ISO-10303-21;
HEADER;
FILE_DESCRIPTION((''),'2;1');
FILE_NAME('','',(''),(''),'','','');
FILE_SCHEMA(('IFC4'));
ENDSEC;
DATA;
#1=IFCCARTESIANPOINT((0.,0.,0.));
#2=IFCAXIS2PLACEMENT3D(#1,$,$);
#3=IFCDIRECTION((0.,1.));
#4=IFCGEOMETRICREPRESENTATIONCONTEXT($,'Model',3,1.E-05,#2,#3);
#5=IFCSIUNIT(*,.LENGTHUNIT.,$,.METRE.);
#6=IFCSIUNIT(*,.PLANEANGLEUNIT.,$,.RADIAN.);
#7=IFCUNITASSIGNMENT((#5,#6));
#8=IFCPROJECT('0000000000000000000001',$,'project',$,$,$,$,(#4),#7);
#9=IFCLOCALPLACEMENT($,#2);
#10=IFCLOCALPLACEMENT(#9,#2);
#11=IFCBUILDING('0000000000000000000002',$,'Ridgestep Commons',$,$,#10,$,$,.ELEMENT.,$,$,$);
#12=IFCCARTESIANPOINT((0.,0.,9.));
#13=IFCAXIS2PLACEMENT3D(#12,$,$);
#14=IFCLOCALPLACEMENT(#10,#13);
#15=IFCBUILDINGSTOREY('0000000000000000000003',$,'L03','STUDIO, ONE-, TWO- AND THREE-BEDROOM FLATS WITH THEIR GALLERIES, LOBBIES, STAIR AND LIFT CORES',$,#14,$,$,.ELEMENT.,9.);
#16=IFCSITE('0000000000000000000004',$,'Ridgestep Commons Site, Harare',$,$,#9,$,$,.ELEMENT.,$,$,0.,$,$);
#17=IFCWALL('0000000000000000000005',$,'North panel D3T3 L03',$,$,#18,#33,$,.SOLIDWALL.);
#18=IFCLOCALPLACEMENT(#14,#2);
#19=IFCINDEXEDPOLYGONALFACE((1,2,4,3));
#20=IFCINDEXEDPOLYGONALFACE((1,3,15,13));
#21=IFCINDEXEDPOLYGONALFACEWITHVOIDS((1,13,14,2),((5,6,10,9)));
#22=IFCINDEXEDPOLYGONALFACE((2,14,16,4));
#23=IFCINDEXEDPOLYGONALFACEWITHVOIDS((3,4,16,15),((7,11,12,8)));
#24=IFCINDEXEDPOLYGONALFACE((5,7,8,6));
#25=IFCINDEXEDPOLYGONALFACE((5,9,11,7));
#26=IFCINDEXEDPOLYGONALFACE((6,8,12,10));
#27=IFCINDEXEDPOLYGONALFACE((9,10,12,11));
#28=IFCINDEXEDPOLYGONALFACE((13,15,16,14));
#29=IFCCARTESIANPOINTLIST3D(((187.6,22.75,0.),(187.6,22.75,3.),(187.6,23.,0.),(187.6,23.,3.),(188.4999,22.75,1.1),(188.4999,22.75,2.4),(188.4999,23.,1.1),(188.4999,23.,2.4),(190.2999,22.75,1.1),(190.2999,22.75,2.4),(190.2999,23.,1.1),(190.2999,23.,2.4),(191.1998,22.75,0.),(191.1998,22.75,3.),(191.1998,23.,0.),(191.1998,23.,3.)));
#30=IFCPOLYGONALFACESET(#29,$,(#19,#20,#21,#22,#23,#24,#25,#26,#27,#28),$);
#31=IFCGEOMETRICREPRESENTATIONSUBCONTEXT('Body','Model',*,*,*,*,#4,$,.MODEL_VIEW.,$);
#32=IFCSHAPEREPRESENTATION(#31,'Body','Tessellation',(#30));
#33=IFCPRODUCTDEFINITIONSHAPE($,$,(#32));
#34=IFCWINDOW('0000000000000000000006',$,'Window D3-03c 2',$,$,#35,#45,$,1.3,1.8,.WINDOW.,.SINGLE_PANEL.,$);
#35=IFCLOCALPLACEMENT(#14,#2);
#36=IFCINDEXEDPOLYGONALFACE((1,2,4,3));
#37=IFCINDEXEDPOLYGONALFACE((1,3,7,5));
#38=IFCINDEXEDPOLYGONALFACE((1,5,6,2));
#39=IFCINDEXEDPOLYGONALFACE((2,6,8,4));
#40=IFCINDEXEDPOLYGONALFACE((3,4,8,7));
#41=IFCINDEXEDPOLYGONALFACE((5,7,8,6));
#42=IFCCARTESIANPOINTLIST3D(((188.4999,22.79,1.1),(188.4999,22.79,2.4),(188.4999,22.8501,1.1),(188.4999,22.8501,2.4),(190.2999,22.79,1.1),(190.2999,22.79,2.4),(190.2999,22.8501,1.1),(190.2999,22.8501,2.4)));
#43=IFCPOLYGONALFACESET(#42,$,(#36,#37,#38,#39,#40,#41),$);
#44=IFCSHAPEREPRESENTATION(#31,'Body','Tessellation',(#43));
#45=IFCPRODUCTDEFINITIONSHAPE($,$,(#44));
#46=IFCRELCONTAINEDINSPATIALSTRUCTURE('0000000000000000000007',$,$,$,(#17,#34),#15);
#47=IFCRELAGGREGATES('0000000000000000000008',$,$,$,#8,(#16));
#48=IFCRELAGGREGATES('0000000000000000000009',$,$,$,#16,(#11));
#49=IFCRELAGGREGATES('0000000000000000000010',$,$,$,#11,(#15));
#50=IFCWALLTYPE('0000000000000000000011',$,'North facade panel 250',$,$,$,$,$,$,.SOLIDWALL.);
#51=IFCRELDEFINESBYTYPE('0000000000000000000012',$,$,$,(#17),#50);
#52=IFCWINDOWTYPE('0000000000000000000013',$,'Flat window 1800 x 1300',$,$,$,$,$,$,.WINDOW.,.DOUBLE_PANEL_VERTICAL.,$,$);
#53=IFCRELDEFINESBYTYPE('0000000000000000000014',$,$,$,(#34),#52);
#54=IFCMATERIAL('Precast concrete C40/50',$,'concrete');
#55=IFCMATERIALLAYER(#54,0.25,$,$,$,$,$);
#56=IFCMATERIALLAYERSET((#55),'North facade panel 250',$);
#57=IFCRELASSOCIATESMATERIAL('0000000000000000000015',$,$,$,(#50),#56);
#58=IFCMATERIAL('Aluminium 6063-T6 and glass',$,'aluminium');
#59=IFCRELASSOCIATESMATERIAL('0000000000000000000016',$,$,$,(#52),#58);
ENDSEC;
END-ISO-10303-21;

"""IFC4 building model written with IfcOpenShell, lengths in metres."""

from ifc_helpers import new_model, si_unit, direction, frame, frame_2d, origin, place, context, subcontext, project, spatial, rectangle, extrude, material, layer, layer_set, type_object, element, fill, save


model = new_model("IFC4")

# Units and contexts
model_context = context("Model", 3, precision=1e-05, world=origin(), true_north=direction((0.0, 1.0)))
body_context = subcontext(model_context, "Body", "Model", "MODEL_VIEW")
ifc_project = project(units=[si_unit("LENGTHUNIT", "METRE"), si_unit("PLANEANGLEUNIT", "RADIAN")], contexts=[model_context])

# Site, building, storey
site_placement = place(None, origin())
site = spatial("IfcSite", under=ifc_project, at=site_placement, Name="Ridgestep Commons Site, Harare", CompositionType="ELEMENT", RefElevation=0.0)
building_placement = place(site_placement, origin())
building = spatial("IfcBuilding", under=site, at=building_placement, Name="Ridgestep Commons", CompositionType="ELEMENT")
storey_placement = place(building_placement, frame((0.0, 0.0, 9.0)))
storey = spatial("IfcBuildingStorey", under=building, at=storey_placement, Name="L03", Description="STUDIO, ONE-, TWO- AND THREE-BEDROOM FLATS WITH THEIR GALLERIES, LOBBIES, STAIR AND LIFT CORES", CompositionType="ELEMENT", Elevation=9.0)

# Shared definitions
ifc_material_1 = material(Name="Precast concrete C40/50", Category="concrete")
ifc_layer_1 = layer(ifc_material_1, 0.25)
ifc_layer_set_1 = layer_set([ifc_layer_1], Name="North facade panel 250")
wall_type_1 = type_object("IfcWallType", Name="North facade panel 250", PredefinedType="SOLIDWALL", material=ifc_layer_set_1)

# Wall, opening, window
ifc_material_2 = material(Name="Aluminium 6063-T6 and glass", Category="aluminium")
window_type = type_object("IfcWindowType", Name="Flat window 1800 x 1300", PartitioningType="DOUBLE_PANEL_VERTICAL", PredefinedType="WINDOW", material=ifc_material_2)
wall_1_placement = place(storey_placement, frame((187.6001, 22.875, 0.0), z_axis=(0.0, 0.0, 1.0), x_axis=(1.0, 0.0, 0.0)))
wall_1 = element("IfcWall", 1, at=wall_1_placement, inside=storey, type_object=wall_type_1, Name="North panel D3T3 L03", PredefinedType="SOLIDWALL", context=body_context, shape_type="SweptSolid", body=[
    extrude(rectangle(XDim=3.5999, YDim=0.25, at=frame_2d((1.7998, 0.0))), origin(), (0.0, 0.0, 1.0), 3.0),
])
opening_1_placement = place(wall_1_placement, frame((0.8999, 0.0, 1.1001)))
opening_1 = element("IfcOpeningElement", 2, at=opening_1_placement, cuts=wall_1, PredefinedType="OPENING", context=body_context, shape_type="SweptSolid", body=[
    extrude(rectangle(XDim=1.8, YDim=1.3, at=frame_2d((0.8999, 0.6499))), frame((0.0, 0.135, 0.0), z_axis=(0.0, -1.0, 0.0), x_axis=(1.0, 0.0, 0.0)), (0.0, 0.0, 1.0), 0.27),
])
window_1_placement = place(opening_1_placement, origin())
window_1 = element("IfcWindow", 3, at=window_1_placement, inside=storey, type_object=window_type, Name="Window D3-03c 2", OverallHeight=1.3, OverallWidth=1.8, PartitioningType="SINGLE_PANEL", PredefinedType="WINDOW", context=body_context, shape_type="SweptSolid", body=[
    extrude(rectangle(XDim=1.8, YDim=1.3, at=frame_2d((0.8999, 0.6499))), frame((0.0, -0.0249, 0.0), z_axis=(0.0, -1.0, 0.0), x_axis=(1.0, 0.0, 0.0)), (0.0, 0.0, 1.0), 0.0601),
])
fill(opening_1, window_1)

save(model, "model.ifc")
